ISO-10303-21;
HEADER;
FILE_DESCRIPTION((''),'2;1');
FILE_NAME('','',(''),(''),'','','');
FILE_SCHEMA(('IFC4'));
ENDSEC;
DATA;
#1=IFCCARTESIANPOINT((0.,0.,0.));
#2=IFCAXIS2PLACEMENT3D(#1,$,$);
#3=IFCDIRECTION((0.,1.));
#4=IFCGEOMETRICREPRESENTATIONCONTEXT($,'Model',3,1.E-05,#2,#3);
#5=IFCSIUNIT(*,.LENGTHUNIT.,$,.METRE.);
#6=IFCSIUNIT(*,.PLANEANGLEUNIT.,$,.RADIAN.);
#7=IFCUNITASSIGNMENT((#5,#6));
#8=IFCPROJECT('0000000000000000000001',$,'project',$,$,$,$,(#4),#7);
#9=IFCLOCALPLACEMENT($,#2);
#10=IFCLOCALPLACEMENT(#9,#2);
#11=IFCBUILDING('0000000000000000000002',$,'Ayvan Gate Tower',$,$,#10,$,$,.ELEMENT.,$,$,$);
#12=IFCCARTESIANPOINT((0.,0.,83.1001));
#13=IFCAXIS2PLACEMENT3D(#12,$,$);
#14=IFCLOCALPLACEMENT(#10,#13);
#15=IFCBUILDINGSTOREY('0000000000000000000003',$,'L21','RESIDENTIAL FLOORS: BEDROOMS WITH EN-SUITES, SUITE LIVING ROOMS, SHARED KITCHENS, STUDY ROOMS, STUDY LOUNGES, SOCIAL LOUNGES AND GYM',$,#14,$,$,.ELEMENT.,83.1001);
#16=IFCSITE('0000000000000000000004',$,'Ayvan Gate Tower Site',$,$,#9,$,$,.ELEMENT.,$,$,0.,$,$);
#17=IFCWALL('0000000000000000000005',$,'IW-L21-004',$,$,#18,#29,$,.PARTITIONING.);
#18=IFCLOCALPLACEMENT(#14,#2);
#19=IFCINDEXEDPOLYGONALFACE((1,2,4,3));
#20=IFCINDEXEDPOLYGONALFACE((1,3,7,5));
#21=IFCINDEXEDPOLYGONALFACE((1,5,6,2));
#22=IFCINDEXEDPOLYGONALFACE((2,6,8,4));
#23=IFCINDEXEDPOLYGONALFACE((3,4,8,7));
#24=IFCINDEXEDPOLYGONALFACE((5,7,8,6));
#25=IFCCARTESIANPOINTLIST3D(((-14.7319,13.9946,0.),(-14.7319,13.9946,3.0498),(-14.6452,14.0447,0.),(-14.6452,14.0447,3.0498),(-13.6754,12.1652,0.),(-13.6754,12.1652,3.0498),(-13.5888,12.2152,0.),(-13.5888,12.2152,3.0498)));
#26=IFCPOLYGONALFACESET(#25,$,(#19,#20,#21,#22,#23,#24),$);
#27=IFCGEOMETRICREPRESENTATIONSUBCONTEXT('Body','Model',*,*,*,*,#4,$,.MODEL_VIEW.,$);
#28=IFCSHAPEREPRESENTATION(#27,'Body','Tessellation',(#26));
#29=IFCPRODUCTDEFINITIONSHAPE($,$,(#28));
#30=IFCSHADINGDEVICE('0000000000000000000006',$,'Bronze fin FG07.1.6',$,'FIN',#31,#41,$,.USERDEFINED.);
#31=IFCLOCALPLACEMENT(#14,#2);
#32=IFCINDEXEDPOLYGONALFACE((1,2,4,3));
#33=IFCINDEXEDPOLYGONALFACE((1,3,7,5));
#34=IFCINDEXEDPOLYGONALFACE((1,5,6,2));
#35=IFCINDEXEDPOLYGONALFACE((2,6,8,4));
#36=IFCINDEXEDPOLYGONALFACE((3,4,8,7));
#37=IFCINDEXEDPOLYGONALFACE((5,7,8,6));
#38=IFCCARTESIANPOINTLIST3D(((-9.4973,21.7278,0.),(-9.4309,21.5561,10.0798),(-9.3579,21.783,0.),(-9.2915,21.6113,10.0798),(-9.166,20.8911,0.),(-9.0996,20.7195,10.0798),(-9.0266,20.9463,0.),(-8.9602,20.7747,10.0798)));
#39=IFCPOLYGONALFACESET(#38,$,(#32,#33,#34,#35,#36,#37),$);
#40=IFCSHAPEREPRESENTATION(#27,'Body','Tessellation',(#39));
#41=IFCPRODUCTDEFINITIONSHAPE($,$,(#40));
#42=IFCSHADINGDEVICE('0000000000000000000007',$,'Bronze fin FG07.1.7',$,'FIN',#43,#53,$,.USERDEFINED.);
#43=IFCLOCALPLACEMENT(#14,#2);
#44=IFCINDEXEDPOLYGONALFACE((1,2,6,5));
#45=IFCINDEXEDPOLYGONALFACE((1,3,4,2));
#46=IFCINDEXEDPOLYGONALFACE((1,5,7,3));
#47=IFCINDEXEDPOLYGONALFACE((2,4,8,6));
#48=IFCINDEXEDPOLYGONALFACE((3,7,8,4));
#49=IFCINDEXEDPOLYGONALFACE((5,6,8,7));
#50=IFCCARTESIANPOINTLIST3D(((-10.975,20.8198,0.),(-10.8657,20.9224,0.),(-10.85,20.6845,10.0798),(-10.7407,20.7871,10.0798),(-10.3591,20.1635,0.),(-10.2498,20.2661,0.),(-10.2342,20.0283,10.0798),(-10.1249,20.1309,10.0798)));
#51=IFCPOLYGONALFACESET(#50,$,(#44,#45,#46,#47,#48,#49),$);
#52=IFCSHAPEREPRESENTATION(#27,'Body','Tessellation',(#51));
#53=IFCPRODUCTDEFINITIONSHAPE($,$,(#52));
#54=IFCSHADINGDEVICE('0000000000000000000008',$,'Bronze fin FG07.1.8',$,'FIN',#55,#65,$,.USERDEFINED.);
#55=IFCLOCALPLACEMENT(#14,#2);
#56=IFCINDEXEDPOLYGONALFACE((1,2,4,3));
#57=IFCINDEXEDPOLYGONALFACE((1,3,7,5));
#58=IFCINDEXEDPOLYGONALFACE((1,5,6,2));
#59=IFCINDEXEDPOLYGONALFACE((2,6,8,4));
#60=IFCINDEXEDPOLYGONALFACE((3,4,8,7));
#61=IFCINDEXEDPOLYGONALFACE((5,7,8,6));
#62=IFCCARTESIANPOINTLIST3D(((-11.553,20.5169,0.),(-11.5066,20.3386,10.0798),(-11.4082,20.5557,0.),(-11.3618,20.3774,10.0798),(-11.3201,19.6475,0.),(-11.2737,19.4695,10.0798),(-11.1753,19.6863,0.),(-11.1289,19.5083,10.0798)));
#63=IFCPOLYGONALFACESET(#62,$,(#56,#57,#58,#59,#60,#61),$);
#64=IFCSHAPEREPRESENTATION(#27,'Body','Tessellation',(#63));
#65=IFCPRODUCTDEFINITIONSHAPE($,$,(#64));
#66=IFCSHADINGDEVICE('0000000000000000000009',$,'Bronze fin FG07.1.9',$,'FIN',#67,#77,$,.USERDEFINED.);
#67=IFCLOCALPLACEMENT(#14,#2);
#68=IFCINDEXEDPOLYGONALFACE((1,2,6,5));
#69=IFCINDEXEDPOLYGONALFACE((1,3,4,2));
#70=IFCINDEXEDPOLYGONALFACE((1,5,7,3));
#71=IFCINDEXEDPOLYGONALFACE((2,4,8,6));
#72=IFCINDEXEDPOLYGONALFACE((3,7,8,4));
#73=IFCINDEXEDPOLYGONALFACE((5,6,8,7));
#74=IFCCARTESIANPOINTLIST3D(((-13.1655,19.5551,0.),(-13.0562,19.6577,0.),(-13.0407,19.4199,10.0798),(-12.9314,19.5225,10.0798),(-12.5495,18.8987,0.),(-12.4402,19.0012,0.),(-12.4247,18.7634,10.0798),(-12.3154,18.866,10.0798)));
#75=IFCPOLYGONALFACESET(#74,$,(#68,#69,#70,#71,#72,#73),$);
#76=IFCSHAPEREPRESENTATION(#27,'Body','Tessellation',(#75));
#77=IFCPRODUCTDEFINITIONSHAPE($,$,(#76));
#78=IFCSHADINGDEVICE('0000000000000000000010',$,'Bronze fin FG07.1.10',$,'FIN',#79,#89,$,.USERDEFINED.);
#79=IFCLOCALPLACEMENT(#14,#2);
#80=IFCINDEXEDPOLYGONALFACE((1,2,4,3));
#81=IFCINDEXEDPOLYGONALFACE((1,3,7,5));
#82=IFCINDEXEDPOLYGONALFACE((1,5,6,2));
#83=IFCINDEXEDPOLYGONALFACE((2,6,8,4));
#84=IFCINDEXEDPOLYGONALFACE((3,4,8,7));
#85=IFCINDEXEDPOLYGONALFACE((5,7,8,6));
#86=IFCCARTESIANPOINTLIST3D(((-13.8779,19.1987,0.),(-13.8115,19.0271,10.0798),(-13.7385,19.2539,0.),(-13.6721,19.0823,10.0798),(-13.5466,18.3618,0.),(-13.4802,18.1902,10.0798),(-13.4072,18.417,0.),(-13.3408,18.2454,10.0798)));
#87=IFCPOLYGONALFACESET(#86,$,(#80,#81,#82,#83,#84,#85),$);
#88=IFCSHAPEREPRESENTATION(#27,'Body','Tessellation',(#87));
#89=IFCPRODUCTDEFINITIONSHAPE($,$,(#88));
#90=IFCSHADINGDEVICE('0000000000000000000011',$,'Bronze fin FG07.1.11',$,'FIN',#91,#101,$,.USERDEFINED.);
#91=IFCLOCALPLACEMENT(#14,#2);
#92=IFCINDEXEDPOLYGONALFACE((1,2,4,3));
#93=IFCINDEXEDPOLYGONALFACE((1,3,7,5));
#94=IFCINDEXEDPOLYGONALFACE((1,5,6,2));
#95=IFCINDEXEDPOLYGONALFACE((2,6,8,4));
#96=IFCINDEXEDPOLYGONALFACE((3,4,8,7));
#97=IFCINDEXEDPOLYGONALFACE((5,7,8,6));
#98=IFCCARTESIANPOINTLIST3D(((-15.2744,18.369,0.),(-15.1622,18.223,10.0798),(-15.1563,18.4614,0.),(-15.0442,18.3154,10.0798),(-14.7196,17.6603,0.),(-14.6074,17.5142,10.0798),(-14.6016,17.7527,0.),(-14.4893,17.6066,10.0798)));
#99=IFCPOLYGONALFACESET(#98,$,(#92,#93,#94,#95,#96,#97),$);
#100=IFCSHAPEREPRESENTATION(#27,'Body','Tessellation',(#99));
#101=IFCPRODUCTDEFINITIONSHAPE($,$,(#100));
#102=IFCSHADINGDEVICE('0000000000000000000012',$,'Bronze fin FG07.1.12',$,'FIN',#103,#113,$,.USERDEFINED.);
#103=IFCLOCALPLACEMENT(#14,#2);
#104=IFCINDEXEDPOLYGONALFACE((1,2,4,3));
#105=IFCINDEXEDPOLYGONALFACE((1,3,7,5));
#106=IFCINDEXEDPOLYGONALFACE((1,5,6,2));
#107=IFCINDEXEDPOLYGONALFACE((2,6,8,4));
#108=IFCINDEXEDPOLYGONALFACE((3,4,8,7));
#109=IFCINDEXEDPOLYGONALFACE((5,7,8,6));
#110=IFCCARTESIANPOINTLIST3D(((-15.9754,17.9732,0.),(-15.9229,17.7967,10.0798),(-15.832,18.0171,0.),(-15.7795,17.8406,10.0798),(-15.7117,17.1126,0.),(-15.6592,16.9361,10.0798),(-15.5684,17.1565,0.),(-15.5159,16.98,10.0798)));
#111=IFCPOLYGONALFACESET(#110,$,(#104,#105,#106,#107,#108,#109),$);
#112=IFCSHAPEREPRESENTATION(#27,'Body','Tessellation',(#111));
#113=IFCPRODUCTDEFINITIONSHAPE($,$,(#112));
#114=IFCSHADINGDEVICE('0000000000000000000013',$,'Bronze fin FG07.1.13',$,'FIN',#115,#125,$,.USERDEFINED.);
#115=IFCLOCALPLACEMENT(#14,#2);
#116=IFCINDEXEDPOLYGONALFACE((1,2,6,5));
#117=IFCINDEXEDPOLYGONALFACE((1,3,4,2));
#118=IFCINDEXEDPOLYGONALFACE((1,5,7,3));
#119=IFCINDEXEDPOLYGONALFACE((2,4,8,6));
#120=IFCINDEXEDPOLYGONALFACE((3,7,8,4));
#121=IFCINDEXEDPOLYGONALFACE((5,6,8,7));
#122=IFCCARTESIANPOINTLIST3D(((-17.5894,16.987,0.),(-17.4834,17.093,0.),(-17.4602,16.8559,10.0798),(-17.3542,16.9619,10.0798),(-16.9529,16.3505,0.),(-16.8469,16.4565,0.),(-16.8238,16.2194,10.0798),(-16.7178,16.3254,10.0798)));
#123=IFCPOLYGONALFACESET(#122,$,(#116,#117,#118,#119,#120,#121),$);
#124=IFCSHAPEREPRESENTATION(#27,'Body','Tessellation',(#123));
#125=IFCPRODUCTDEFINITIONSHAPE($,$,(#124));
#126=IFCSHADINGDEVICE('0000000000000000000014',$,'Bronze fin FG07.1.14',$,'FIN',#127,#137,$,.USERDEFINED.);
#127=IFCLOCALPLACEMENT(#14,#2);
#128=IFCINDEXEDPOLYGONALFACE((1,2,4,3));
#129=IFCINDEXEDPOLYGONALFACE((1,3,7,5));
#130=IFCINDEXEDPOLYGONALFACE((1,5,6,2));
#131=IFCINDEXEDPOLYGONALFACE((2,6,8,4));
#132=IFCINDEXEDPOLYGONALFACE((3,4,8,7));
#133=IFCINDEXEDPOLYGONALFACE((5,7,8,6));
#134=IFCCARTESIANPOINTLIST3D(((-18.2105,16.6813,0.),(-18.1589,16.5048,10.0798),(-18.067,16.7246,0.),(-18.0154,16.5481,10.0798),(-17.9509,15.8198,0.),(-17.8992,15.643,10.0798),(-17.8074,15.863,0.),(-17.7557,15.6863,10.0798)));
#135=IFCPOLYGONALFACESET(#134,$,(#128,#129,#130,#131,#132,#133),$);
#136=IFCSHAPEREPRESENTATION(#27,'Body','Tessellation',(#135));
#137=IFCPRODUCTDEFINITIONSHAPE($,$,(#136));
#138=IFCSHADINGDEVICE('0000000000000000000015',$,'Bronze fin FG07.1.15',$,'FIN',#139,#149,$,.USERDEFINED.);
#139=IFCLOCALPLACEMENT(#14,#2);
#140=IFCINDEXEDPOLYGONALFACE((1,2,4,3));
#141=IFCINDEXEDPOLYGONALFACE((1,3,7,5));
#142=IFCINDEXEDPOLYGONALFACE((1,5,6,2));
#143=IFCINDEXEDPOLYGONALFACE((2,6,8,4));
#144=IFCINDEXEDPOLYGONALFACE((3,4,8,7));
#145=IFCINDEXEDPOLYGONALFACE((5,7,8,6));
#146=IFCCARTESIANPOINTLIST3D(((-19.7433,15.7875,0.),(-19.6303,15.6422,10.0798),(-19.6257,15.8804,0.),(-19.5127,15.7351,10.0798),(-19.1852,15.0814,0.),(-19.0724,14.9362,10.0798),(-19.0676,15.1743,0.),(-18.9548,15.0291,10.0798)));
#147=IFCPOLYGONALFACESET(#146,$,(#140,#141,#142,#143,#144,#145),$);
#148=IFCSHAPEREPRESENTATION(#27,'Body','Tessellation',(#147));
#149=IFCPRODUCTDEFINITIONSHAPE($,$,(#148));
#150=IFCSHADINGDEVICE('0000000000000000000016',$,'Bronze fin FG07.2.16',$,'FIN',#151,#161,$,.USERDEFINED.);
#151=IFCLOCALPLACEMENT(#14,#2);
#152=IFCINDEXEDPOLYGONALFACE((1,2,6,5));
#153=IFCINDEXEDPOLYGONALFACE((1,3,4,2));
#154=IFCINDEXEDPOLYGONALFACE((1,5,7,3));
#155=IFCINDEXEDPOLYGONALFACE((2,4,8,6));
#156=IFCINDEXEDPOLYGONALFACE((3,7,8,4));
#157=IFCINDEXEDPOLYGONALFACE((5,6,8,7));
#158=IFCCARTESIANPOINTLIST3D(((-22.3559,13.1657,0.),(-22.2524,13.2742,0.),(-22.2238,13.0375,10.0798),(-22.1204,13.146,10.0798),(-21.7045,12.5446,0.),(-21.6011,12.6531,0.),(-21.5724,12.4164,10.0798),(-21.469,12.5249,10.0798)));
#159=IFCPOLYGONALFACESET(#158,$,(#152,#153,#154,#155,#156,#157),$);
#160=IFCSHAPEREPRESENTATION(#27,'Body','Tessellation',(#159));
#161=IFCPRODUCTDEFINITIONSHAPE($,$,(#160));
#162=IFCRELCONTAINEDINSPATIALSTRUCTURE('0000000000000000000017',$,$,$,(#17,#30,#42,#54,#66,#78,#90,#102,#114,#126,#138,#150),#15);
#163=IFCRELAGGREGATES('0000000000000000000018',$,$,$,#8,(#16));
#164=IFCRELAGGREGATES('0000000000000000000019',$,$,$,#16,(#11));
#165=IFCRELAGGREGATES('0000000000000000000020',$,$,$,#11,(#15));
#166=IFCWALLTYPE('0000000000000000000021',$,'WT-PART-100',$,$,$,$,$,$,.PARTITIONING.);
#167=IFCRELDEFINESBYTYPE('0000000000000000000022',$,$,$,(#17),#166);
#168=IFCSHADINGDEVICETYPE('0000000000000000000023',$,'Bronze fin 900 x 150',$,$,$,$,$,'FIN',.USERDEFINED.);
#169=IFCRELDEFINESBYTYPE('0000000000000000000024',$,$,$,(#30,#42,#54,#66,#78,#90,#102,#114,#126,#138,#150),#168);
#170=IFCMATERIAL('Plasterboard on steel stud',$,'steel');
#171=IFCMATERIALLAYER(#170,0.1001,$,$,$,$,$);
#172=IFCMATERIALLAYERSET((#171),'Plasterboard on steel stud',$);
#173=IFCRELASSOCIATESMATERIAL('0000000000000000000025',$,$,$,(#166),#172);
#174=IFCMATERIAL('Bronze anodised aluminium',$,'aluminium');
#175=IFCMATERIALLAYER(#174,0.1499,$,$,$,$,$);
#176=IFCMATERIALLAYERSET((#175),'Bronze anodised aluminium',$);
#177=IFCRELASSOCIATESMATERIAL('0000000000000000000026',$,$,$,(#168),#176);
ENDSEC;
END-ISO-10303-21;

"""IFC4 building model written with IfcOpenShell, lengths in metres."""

from ifc_helpers import new_model, si_unit, direction, frame, frame_2d, origin, place, context, subcontext, project, spatial, polyline, rectangle, outline, extrude, material, layer, layer_set, type_object, element, save


model = new_model("IFC4")

# Units and contexts
model_context = context("Model", 3, precision=1e-05, world=origin(), true_north=direction((0.0, 1.0)))
body_context = subcontext(model_context, "Body", "Model", "MODEL_VIEW")
ifc_project = project(units=[si_unit("LENGTHUNIT", "METRE"), si_unit("PLANEANGLEUNIT", "RADIAN")], contexts=[model_context])

# Site, building, storey
site_placement = place(None, origin())
site = spatial("IfcSite", under=ifc_project, at=site_placement, Name="Ayvan Gate Tower Site", CompositionType="ELEMENT", RefElevation=0.0)
building_placement = place(site_placement, origin())
building = spatial("IfcBuilding", under=site, at=building_placement, Name="Ayvan Gate Tower", CompositionType="ELEMENT")
storey_placement = place(building_placement, frame((0.0, 0.0, 83.1001)))
storey = spatial("IfcBuildingStorey", under=building, at=storey_placement, Name="L21", Description="RESIDENTIAL FLOORS: BEDROOMS WITH EN-SUITES, SUITE LIVING ROOMS, SHARED KITCHENS, STUDY ROOMS, STUDY LOUNGES, SOCIAL LOUNGES AND GYM", CompositionType="ELEMENT", Elevation=83.1001)

# Shared definitions
ifc_material_1 = material(Name="Bronze anodised aluminium", Category="aluminium")

# Wall
ifc_material_2 = material(Name="Plasterboard on steel stud", Category="steel")
ifc_layer_1 = layer(ifc_material_2, 0.1001)
ifc_layer_set_1 = layer_set([ifc_layer_1], Name="Plasterboard on steel stud")
wall_type = type_object("IfcWallType", Name="WT-PART-100", PredefinedType="PARTITIONING", material=ifc_layer_set_1)
wall_placement = place(storey_placement, frame((-14.6885, 14.0195, 0.0), z_axis=(0.0, 0.0, 1.0), x_axis=(0.500079, -0.86598, 0.0)))
element("IfcWall", 1, at=wall_placement, inside=storey, type_object=wall_type, Name="IW-L21-004", PredefinedType="PARTITIONING", context=body_context, shape_type="SweptSolid", body=[
    extrude(rectangle(XDim=2.1125, YDim=0.1001, at=frame_2d((1.0562, 0.0))), origin(), (0.0, 0.0, 1.0), 3.0498),
])

# Shading devices
ifc_layer_2 = layer(ifc_material_1, 0.1499)
ifc_layer_set_2 = layer_set([ifc_layer_2], Name="Bronze anodised aluminium")
shading_device_type = type_object("IfcShadingDeviceType", Name="Bronze fin 900 x 150", ElementType="FIN", PredefinedType="USERDEFINED", material=ifc_layer_set_2)
shading_device_1_placement = place(storey_placement, frame((-9.0266, 20.9463, 0.0), z_axis=(0.929762, 0.368161, 0.000143), x_axis=(-0.368161, 0.929762, 0.0)))
element("IfcShadingDevice", 2, at=shading_device_1_placement, inside=storey, type_object=shading_device_type, Name="Bronze fin FG07.1.6", ObjectType="FIN", PredefinedType="USERDEFINED", context=body_context, shape_type="SweptSolid", body=[
    extrude(outline(polyline([(0.0, 0.0), (0.8999, 0.0), (0.7159, 10.0798), (-0.184, 10.0798), (0.0, 0.0)])), origin(), (0.0, 0.0, -1.0), 0.1499),
])
shading_device_2_placement = place(storey_placement, frame((-10.2498, 20.2661, 0.0), z_axis=(0.729199, 0.684302, 0.000148), x_axis=(-0.684302, 0.729199, 0.0)))
element("IfcShadingDevice", 3, at=shading_device_2_placement, inside=storey, type_object=shading_device_type, Name="Bronze fin FG07.1.7", ObjectType="FIN", PredefinedType="USERDEFINED", context=body_context, shape_type="SweptSolid", body=[
    extrude(outline(polyline([(0.0, 0.0), (0.9, 0.0), (0.7159, 10.0798), (-0.184, 10.0798), (0.0, 0.0)])), origin(), (0.0, 0.0, -1.0), 0.1499),
])
shading_device_3_placement = place(storey_placement, frame((-11.1753, 19.6863, 0.0), z_axis=(0.965928, 0.258811, 0.000128), x_axis=(-0.258811, 0.965928, 0.0)))
element("IfcShadingDevice", 4, at=shading_device_3_placement, inside=storey, type_object=shading_device_type, Name="Bronze fin FG07.1.8", ObjectType="FIN", PredefinedType="USERDEFINED", context=body_context, shape_type="SweptSolid", body=[
    extrude(outline(polyline([(0.0, 0.0), (0.9, 0.0), (0.7159, 10.0798), (-0.1839, 10.0798), (0.0, 0.0)])), origin(), (0.0, 0.0, -1.0), 0.1499),
])
shading_device_4_placement = place(storey_placement, frame((-12.4402, 19.0012, 0.0), z_axis=(0.729258, 0.684239, 0.000155), x_axis=(-0.684239, 0.729258, 0.0)))
element("IfcShadingDevice", 5, at=shading_device_4_placement, inside=storey, type_object=shading_device_type, Name="Bronze fin FG07.1.9", ObjectType="FIN", PredefinedType="USERDEFINED", context=body_context, shape_type="SweptSolid", body=[
    extrude(outline(polyline([(0.0, 0.0), (0.9002, 0.0), (0.7162, 10.0798), (-0.184, 10.0798), (0.0, 0.0)])), origin(), (0.0, 0.0, -1.0), 0.1499),
])
shading_device_5_placement = place(storey_placement, frame((-13.4072, 18.417, 0.0), z_axis=(0.929799, 0.368068, 0.000142), x_axis=(-0.368068, 0.929799, 0.0)))
element("IfcShadingDevice", 6, at=shading_device_5_placement, inside=storey, type_object=shading_device_type, Name="Bronze fin FG07.1.10", ObjectType="FIN", PredefinedType="USERDEFINED", context=body_context, shape_type="SweptSolid", body=[
    extrude(outline(polyline([(0.0, 0.0), (0.9001, 0.0), (0.7161, 10.0798), (-0.184, 10.0798), (0.0, 0.0)])), origin(), (0.0, 0.0, -1.0), 0.1499),
])
shading_device_6_placement = place(storey_placement, frame((-14.6016, 17.7527, 0.0), z_axis=(0.787428, 0.616407, 0.000164), x_axis=(-0.616407, 0.787428, 0.0)))
element("IfcShadingDevice", 7, at=shading_device_6_placement, inside=storey, type_object=shading_device_type, Name="Bronze fin FG07.1.11", ObjectType="FIN", PredefinedType="USERDEFINED", context=body_context, shape_type="SweptSolid", body=[
    extrude(outline(polyline([(0.0, 0.0), (0.9, 0.0), (0.716, 10.0798), (-0.1842, 10.0798), (0.0, 0.0)])), origin(), (0.0, 0.0, -1.0), 0.1499),
])
shading_device_7_placement = place(storey_placement, frame((-15.5684, 17.1565, 0.0), z_axis=(0.95613, 0.292942, 0.000151), x_axis=(-0.292942, 0.95613, 0.0)))
element("IfcShadingDevice", 8, at=shading_device_7_placement, inside=storey, type_object=shading_device_type, Name="Bronze fin FG07.1.12", ObjectType="FIN", PredefinedType="USERDEFINED", context=body_context, shape_type="SweptSolid", body=[
    extrude(outline(polyline([(0.0, 0.0), (0.9001, 0.0), (0.7159, 10.0798), (-0.1841, 10.0798), (0.0, 0.0)])), origin(), (0.0, 0.0, -1.0), 0.1499),
])
shading_device_8_placement = place(storey_placement, frame((-16.8469, 16.4565, 0.0), z_axis=(0.707107, 0.707107, 0.000137), x_axis=(-0.707107, 0.707107, 0.0)))
element("IfcShadingDevice", 9, at=shading_device_8_placement, inside=storey, type_object=shading_device_type, Name="Bronze fin FG07.1.13", ObjectType="FIN", PredefinedType="USERDEFINED", context=body_context, shape_type="SweptSolid", body=[
    extrude(outline(polyline([(0.0, 0.0), (0.9001, 0.0), (0.7161, 10.0798), (-0.184, 10.0798), (0.0, 0.0)])), origin(), (0.0, 0.0, -1.0), 0.1499),
])
shading_device_9_placement = place(storey_placement, frame((-17.8074, 15.863, 0.0), z_axis=(0.957478, 0.288505, 0.000151), x_axis=(-0.288505, 0.957478, 0.0)))
element("IfcShadingDevice", 10, at=shading_device_9_placement, inside=storey, type_object=shading_device_type, Name="Bronze fin FG07.1.14", ObjectType="FIN", PredefinedType="USERDEFINED", context=body_context, shape_type="SweptSolid", body=[
    extrude(outline(polyline([(0.0, 0.0), (0.8998, 0.0), (0.7159, 10.0798), (-0.1842, 10.0798), (0.0, 0.0)])), origin(), (0.0, 0.0, -1.0), 0.1499),
])
shading_device_10_placement = place(storey_placement, frame((-19.0676, 15.1743, 0.0), z_axis=(0.784574, 0.620036, 0.000147), x_axis=(-0.620036, 0.784574, 0.0)))
element("IfcShadingDevice", 11, at=shading_device_10_placement, inside=storey, type_object=shading_device_type, Name="Bronze fin FG07.1.15", ObjectType="FIN", PredefinedType="USERDEFINED", context=body_context, shape_type="SweptSolid", body=[
    extrude(outline(polyline([(0.0, 0.0), (0.9, 0.0), (0.7159, 10.0798), (-0.1839, 10.0798), (0.0, 0.0)])), origin(), (0.0, 0.0, -1.0), 0.1499),
])
shading_device_11_placement = place(storey_placement, frame((-21.6011, 12.6531, 0.0), z_axis=(0.690089, 0.723725, 0.00016), x_axis=(-0.723725, 0.690089, 0.0)))
element("IfcShadingDevice", 12, at=shading_device_11_placement, inside=storey, type_object=shading_device_type, Name="Bronze fin FG07.2.16", ObjectType="FIN", PredefinedType="USERDEFINED", context=body_context, shape_type="SweptSolid", body=[
    extrude(outline(polyline([(0.0, 0.0), (0.9, 0.0), (0.716, 10.0798), (-0.184, 10.0798), (0.0, 0.0)])), origin(), (0.0, 0.0, -1.0), 0.1499),
])

save(model, "model.ifc")
